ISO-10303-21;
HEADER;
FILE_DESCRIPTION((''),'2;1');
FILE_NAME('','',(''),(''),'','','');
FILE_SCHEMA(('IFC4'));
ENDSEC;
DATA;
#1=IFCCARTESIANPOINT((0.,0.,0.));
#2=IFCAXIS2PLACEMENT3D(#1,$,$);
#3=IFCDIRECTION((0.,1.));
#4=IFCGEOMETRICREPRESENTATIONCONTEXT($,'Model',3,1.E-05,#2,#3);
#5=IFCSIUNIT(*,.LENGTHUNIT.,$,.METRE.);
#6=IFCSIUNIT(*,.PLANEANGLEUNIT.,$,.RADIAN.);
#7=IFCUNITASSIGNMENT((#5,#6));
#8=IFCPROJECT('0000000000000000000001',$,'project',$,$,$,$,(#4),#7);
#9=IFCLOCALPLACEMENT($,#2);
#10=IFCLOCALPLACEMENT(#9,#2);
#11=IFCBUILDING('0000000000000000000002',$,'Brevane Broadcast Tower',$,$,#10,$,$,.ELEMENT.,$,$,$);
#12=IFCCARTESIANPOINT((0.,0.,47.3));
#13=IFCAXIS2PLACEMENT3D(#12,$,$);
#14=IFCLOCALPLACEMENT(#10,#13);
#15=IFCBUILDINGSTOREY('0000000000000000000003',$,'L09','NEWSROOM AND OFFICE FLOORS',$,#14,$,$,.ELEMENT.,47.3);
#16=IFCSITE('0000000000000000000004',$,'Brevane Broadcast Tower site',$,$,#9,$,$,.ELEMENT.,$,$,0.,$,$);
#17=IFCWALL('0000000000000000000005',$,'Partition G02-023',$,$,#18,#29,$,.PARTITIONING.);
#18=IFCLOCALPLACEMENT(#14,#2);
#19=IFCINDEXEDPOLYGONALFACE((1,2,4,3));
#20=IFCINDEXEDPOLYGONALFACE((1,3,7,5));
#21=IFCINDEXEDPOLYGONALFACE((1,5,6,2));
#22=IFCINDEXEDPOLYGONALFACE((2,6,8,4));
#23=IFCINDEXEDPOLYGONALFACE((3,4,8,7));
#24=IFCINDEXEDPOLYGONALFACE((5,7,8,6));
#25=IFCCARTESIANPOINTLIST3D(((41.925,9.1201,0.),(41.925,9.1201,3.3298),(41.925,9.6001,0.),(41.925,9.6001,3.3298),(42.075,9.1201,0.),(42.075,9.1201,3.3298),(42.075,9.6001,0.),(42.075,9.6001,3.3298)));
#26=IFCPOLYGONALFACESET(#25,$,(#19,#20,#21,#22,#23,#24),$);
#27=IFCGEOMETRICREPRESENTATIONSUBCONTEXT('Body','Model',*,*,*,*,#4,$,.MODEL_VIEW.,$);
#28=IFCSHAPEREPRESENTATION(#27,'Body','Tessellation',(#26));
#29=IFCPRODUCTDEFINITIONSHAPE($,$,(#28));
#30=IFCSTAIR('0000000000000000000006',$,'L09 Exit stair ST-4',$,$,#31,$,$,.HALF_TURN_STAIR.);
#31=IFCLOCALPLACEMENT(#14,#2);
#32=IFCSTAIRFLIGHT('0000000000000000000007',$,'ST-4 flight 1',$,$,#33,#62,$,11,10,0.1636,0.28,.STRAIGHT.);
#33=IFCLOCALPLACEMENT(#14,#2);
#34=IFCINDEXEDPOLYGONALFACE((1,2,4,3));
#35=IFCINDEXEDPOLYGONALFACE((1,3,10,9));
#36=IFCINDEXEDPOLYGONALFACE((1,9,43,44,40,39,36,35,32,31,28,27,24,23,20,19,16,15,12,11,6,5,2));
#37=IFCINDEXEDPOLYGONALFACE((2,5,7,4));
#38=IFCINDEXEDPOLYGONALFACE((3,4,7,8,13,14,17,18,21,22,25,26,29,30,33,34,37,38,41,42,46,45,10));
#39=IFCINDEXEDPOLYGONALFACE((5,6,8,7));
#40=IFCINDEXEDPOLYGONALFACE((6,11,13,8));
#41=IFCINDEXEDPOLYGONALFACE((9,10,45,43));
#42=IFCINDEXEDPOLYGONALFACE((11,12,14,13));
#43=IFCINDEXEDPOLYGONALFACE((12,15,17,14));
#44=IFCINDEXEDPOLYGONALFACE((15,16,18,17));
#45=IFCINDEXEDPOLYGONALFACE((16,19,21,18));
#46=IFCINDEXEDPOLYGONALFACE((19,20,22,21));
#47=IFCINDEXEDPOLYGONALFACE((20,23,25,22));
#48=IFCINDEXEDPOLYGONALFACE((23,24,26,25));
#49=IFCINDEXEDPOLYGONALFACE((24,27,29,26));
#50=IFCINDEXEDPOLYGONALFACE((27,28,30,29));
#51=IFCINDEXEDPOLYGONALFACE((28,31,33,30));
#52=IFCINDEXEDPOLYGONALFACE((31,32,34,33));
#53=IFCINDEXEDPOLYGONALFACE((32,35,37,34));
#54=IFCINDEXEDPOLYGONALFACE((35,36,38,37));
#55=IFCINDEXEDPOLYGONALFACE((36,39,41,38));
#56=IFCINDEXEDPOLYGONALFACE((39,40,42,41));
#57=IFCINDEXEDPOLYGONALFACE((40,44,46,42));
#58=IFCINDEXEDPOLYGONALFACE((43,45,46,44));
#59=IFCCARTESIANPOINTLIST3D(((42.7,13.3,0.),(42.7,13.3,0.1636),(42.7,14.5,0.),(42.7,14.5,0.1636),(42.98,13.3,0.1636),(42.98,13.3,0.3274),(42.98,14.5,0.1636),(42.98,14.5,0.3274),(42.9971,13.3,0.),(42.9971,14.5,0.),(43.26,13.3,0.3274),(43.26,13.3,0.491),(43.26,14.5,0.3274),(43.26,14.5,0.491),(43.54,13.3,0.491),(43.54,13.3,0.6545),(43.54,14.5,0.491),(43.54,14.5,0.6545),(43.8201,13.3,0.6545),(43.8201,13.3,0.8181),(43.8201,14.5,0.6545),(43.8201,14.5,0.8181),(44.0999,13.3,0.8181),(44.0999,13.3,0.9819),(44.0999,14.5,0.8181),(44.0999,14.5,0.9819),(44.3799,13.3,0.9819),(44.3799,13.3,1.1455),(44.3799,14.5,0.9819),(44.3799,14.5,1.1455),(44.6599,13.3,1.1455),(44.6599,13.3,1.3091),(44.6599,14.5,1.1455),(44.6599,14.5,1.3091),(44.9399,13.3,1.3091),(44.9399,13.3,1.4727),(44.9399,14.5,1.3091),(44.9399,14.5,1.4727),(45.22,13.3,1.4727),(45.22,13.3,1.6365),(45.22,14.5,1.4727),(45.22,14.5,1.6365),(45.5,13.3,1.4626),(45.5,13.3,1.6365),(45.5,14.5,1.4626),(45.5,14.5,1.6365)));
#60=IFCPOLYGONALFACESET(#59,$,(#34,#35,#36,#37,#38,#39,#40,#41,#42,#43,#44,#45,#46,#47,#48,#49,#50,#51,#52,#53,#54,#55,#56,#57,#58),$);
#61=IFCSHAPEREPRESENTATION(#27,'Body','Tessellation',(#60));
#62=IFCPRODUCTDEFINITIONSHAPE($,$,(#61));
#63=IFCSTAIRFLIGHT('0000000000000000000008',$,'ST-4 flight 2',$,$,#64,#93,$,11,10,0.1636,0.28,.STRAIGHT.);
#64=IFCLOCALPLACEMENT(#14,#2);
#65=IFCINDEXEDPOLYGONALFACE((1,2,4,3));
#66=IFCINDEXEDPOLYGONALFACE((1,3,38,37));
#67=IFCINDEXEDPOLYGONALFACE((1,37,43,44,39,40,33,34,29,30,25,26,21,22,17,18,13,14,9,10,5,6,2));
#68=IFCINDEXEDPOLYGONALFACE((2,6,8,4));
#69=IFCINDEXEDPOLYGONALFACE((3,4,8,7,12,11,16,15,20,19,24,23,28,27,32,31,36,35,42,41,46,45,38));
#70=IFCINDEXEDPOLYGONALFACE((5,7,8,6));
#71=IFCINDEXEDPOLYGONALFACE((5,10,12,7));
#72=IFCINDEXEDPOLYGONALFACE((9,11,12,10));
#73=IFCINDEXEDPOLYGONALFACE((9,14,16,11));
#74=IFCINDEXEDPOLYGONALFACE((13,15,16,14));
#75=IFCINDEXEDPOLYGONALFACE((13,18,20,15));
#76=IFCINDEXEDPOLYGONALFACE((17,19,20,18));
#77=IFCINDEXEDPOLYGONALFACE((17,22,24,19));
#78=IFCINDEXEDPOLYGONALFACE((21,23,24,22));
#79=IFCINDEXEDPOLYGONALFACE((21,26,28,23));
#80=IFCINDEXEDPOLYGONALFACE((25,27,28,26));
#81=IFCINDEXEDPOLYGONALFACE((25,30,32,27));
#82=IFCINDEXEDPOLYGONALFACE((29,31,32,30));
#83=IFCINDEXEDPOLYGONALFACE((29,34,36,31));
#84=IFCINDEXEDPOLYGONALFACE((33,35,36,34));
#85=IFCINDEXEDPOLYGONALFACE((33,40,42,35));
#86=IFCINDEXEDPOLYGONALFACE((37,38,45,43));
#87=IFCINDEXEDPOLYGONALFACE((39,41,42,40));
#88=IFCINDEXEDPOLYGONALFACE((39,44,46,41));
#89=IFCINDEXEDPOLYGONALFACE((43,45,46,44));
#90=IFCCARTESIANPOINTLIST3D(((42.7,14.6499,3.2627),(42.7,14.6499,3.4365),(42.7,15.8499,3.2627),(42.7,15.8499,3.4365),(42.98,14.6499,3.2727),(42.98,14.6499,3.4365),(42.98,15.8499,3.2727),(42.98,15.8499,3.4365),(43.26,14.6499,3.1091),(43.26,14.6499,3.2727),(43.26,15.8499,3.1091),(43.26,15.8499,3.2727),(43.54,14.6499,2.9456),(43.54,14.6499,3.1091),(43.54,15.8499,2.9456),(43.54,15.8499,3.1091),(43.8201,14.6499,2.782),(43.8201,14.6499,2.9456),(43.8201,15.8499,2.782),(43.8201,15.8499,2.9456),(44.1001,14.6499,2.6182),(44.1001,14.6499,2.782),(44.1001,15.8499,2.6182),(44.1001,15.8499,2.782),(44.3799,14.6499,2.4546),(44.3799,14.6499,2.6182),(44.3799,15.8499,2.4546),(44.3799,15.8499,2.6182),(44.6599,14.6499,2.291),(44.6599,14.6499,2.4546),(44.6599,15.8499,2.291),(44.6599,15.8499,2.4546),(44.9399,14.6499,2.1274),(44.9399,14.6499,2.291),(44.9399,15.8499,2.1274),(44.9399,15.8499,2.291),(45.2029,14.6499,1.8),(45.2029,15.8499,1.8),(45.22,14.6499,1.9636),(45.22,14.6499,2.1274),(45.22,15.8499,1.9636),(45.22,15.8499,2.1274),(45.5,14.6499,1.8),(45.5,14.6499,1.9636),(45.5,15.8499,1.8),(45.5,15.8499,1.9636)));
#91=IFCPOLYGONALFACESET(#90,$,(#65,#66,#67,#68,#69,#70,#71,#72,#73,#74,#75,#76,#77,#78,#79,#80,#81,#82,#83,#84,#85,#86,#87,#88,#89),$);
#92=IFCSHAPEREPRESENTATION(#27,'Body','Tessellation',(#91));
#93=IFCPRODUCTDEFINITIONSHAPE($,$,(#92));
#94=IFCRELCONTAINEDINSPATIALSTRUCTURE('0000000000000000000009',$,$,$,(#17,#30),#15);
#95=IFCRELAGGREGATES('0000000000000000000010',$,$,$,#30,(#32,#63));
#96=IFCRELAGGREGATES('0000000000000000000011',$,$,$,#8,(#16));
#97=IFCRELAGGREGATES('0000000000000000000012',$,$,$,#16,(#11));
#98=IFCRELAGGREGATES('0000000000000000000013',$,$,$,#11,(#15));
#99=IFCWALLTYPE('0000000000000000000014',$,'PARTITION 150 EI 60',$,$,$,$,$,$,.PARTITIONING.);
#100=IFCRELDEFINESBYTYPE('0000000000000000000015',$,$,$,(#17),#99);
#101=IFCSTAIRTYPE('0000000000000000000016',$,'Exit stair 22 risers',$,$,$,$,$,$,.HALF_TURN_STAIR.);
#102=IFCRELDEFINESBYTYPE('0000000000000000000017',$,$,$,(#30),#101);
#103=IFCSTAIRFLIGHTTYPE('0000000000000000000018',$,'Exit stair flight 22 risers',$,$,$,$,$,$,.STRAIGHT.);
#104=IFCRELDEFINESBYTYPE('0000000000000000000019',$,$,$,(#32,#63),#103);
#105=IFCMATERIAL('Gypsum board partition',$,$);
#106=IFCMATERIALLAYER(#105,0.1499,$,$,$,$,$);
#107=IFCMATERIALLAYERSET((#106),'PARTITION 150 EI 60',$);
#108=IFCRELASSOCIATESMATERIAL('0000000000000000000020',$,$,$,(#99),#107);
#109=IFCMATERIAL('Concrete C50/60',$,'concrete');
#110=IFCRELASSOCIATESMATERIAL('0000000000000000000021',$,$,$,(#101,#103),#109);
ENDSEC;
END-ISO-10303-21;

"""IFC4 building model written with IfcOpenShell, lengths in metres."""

from ifc_helpers import new_model, si_unit, direction, frame, frame_2d, origin, place, context, subcontext, project, spatial, polyline, rectangle, outline, extrude, material, layer, layer_set, type_object, element, aggregate, save


model = new_model("IFC4")

# Units and contexts
model_context = context("Model", 3, precision=1e-05, world=origin(), true_north=direction((0.0, 1.0)))
body_context = subcontext(model_context, "Body", "Model", "MODEL_VIEW")
ifc_project = project(units=[si_unit("LENGTHUNIT", "METRE"), si_unit("PLANEANGLEUNIT", "RADIAN")], contexts=[model_context])

# Site, building, storey
site_placement = place(None, origin())
site = spatial("IfcSite", under=ifc_project, at=site_placement, Name="Brevane Broadcast Tower site", CompositionType="ELEMENT", RefElevation=0.0)
building_placement = place(site_placement, origin())
building = spatial("IfcBuilding", under=site, at=building_placement, Name="Brevane Broadcast Tower", CompositionType="ELEMENT")
storey_placement = place(building_placement, frame((0.0, 0.0, 47.3)))
storey = spatial("IfcBuildingStorey", under=building, at=storey_placement, Name="L09", Description="NEWSROOM AND OFFICE FLOORS", CompositionType="ELEMENT", Elevation=47.3)

# Shared definitions
ifc_material_1 = material(Name="Gypsum board partition")

# Shared definitions
ifc_layer_1 = layer(ifc_material_1, 0.1499)
ifc_layer_set_1 = layer_set([ifc_layer_1], Name="PARTITION 150 EI 60")
wall_type_1 = type_object("IfcWallType", Name="PARTITION 150 EI 60", PredefinedType="PARTITIONING", material=ifc_layer_set_1)

# Wall
wall_1_placement = place(storey_placement, frame((42.0, 9.6001, 0.0), z_axis=(0.0, 0.0, 1.0), x_axis=(0.0, -1.0, 0.0)))
element("IfcWall", 1, at=wall_1_placement, inside=storey, type_object=wall_type_1, Name="Partition G02-023", PredefinedType="PARTITIONING", context=body_context, shape_type="SweptSolid", body=[
    extrude(rectangle(XDim=0.48, YDim=0.1499, at=frame_2d((0.24, 0.0))), origin(), (0.0, 0.0, 1.0), 3.3298),
])

# Stair, stair flights
ifc_material_2 = material(Name="Concrete C50/60", Category="concrete")
stair_type = type_object("IfcStairType", Name="Exit stair 22 risers", PredefinedType="HALF_TURN_STAIR", material=ifc_material_2)
stair_placement = place(storey_placement, origin())
stair = element("IfcStair", 2, at=stair_placement, inside=storey, type_object=stair_type, Name="L09 Exit stair ST-4", PredefinedType="HALF_TURN_STAIR")
stair_flight_type = type_object("IfcStairFlightType", Name="Exit stair flight 22 risers", PredefinedType="STRAIGHT", material=ifc_material_2)
stair_flight_1_placement = place(storey_placement, frame((42.7, 13.8999, 0.0), z_axis=(0.0, 0.0, 1.0), x_axis=(1.0, 0.0, 0.0)))
stair_flight_1 = element("IfcStairFlight", 3, at=stair_flight_1_placement, type_object=stair_flight_type, Name="ST-4 flight 1", NumberOfRisers=11, NumberOfTreads=10, PredefinedType="STRAIGHT", RiserHeight=0.1636, TreadLength=0.28, context=body_context, shape_type="SweptSolid", body=[
    extrude(outline(polyline([(0.0, 0.0), (0.0, 0.1636), (0.28, 0.1636), (0.28, 0.3274), (0.5601, 0.3274), (0.5601, 0.491), (0.8401, 0.491), (0.8401, 0.6545), (1.1201, 0.6545), (1.1201, 0.8181), (1.3999, 0.8181), (1.3999, 0.9819), (1.6799, 0.9819), (1.6799, 1.1455), (1.96, 1.1455), (1.96, 1.3091), (2.24, 1.3091), (2.24, 1.4727), (2.52, 1.4727), (2.52, 1.6365), (2.8, 1.6365), (2.8, 1.8), (2.8, 1.4626), (0.2971, 0.0), (0.0, 0.0)])), frame((0.0, 0.6001, 0.0), z_axis=(0.0, -1.0, 0.0), x_axis=(1.0, 0.0, 0.0)), (0.0, 0.0, 1.0), 1.2),
])
stair_flight_2_placement = place(storey_placement, frame((45.5, 15.25, 1.8), z_axis=(0.0, 0.0, 1.0), x_axis=(-1.0, 0.0, 0.0)))
stair_flight_2 = element("IfcStairFlight", 4, at=stair_flight_2_placement, type_object=stair_flight_type, Name="ST-4 flight 2", NumberOfRisers=11, NumberOfTreads=10, PredefinedType="STRAIGHT", RiserHeight=0.1636, TreadLength=0.28, context=body_context, shape_type="SweptSolid", body=[
    extrude(outline(polyline([(0.0, 0.0), (0.0, 0.1636), (0.28, 0.1636), (0.28, 0.3274), (0.5601, 0.3274), (0.5601, 0.491), (0.8401, 0.491), (0.8401, 0.6545), (1.1201, 0.6545), (1.1201, 0.8181), (1.3999, 0.8181), (1.3999, 0.9819), (1.6799, 0.9819), (1.6799, 1.1455), (1.96, 1.1455), (1.96, 1.3091), (2.24, 1.3091), (2.24, 1.4727), (2.52, 1.4727), (2.52, 1.6365), (2.8, 1.6365), (2.8, 1.8), (2.8, 1.4626), (0.2971, 0.0), (0.0, 0.0)])), frame((0.0, 0.6001, 0.0), z_axis=(0.0, -1.0, 0.0), x_axis=(1.0, 0.0, 0.0)), (0.0, 0.0, 1.0), 1.2),
])
aggregate(stair, [stair_flight_1, stair_flight_2])

save(model, "model.ifc")
